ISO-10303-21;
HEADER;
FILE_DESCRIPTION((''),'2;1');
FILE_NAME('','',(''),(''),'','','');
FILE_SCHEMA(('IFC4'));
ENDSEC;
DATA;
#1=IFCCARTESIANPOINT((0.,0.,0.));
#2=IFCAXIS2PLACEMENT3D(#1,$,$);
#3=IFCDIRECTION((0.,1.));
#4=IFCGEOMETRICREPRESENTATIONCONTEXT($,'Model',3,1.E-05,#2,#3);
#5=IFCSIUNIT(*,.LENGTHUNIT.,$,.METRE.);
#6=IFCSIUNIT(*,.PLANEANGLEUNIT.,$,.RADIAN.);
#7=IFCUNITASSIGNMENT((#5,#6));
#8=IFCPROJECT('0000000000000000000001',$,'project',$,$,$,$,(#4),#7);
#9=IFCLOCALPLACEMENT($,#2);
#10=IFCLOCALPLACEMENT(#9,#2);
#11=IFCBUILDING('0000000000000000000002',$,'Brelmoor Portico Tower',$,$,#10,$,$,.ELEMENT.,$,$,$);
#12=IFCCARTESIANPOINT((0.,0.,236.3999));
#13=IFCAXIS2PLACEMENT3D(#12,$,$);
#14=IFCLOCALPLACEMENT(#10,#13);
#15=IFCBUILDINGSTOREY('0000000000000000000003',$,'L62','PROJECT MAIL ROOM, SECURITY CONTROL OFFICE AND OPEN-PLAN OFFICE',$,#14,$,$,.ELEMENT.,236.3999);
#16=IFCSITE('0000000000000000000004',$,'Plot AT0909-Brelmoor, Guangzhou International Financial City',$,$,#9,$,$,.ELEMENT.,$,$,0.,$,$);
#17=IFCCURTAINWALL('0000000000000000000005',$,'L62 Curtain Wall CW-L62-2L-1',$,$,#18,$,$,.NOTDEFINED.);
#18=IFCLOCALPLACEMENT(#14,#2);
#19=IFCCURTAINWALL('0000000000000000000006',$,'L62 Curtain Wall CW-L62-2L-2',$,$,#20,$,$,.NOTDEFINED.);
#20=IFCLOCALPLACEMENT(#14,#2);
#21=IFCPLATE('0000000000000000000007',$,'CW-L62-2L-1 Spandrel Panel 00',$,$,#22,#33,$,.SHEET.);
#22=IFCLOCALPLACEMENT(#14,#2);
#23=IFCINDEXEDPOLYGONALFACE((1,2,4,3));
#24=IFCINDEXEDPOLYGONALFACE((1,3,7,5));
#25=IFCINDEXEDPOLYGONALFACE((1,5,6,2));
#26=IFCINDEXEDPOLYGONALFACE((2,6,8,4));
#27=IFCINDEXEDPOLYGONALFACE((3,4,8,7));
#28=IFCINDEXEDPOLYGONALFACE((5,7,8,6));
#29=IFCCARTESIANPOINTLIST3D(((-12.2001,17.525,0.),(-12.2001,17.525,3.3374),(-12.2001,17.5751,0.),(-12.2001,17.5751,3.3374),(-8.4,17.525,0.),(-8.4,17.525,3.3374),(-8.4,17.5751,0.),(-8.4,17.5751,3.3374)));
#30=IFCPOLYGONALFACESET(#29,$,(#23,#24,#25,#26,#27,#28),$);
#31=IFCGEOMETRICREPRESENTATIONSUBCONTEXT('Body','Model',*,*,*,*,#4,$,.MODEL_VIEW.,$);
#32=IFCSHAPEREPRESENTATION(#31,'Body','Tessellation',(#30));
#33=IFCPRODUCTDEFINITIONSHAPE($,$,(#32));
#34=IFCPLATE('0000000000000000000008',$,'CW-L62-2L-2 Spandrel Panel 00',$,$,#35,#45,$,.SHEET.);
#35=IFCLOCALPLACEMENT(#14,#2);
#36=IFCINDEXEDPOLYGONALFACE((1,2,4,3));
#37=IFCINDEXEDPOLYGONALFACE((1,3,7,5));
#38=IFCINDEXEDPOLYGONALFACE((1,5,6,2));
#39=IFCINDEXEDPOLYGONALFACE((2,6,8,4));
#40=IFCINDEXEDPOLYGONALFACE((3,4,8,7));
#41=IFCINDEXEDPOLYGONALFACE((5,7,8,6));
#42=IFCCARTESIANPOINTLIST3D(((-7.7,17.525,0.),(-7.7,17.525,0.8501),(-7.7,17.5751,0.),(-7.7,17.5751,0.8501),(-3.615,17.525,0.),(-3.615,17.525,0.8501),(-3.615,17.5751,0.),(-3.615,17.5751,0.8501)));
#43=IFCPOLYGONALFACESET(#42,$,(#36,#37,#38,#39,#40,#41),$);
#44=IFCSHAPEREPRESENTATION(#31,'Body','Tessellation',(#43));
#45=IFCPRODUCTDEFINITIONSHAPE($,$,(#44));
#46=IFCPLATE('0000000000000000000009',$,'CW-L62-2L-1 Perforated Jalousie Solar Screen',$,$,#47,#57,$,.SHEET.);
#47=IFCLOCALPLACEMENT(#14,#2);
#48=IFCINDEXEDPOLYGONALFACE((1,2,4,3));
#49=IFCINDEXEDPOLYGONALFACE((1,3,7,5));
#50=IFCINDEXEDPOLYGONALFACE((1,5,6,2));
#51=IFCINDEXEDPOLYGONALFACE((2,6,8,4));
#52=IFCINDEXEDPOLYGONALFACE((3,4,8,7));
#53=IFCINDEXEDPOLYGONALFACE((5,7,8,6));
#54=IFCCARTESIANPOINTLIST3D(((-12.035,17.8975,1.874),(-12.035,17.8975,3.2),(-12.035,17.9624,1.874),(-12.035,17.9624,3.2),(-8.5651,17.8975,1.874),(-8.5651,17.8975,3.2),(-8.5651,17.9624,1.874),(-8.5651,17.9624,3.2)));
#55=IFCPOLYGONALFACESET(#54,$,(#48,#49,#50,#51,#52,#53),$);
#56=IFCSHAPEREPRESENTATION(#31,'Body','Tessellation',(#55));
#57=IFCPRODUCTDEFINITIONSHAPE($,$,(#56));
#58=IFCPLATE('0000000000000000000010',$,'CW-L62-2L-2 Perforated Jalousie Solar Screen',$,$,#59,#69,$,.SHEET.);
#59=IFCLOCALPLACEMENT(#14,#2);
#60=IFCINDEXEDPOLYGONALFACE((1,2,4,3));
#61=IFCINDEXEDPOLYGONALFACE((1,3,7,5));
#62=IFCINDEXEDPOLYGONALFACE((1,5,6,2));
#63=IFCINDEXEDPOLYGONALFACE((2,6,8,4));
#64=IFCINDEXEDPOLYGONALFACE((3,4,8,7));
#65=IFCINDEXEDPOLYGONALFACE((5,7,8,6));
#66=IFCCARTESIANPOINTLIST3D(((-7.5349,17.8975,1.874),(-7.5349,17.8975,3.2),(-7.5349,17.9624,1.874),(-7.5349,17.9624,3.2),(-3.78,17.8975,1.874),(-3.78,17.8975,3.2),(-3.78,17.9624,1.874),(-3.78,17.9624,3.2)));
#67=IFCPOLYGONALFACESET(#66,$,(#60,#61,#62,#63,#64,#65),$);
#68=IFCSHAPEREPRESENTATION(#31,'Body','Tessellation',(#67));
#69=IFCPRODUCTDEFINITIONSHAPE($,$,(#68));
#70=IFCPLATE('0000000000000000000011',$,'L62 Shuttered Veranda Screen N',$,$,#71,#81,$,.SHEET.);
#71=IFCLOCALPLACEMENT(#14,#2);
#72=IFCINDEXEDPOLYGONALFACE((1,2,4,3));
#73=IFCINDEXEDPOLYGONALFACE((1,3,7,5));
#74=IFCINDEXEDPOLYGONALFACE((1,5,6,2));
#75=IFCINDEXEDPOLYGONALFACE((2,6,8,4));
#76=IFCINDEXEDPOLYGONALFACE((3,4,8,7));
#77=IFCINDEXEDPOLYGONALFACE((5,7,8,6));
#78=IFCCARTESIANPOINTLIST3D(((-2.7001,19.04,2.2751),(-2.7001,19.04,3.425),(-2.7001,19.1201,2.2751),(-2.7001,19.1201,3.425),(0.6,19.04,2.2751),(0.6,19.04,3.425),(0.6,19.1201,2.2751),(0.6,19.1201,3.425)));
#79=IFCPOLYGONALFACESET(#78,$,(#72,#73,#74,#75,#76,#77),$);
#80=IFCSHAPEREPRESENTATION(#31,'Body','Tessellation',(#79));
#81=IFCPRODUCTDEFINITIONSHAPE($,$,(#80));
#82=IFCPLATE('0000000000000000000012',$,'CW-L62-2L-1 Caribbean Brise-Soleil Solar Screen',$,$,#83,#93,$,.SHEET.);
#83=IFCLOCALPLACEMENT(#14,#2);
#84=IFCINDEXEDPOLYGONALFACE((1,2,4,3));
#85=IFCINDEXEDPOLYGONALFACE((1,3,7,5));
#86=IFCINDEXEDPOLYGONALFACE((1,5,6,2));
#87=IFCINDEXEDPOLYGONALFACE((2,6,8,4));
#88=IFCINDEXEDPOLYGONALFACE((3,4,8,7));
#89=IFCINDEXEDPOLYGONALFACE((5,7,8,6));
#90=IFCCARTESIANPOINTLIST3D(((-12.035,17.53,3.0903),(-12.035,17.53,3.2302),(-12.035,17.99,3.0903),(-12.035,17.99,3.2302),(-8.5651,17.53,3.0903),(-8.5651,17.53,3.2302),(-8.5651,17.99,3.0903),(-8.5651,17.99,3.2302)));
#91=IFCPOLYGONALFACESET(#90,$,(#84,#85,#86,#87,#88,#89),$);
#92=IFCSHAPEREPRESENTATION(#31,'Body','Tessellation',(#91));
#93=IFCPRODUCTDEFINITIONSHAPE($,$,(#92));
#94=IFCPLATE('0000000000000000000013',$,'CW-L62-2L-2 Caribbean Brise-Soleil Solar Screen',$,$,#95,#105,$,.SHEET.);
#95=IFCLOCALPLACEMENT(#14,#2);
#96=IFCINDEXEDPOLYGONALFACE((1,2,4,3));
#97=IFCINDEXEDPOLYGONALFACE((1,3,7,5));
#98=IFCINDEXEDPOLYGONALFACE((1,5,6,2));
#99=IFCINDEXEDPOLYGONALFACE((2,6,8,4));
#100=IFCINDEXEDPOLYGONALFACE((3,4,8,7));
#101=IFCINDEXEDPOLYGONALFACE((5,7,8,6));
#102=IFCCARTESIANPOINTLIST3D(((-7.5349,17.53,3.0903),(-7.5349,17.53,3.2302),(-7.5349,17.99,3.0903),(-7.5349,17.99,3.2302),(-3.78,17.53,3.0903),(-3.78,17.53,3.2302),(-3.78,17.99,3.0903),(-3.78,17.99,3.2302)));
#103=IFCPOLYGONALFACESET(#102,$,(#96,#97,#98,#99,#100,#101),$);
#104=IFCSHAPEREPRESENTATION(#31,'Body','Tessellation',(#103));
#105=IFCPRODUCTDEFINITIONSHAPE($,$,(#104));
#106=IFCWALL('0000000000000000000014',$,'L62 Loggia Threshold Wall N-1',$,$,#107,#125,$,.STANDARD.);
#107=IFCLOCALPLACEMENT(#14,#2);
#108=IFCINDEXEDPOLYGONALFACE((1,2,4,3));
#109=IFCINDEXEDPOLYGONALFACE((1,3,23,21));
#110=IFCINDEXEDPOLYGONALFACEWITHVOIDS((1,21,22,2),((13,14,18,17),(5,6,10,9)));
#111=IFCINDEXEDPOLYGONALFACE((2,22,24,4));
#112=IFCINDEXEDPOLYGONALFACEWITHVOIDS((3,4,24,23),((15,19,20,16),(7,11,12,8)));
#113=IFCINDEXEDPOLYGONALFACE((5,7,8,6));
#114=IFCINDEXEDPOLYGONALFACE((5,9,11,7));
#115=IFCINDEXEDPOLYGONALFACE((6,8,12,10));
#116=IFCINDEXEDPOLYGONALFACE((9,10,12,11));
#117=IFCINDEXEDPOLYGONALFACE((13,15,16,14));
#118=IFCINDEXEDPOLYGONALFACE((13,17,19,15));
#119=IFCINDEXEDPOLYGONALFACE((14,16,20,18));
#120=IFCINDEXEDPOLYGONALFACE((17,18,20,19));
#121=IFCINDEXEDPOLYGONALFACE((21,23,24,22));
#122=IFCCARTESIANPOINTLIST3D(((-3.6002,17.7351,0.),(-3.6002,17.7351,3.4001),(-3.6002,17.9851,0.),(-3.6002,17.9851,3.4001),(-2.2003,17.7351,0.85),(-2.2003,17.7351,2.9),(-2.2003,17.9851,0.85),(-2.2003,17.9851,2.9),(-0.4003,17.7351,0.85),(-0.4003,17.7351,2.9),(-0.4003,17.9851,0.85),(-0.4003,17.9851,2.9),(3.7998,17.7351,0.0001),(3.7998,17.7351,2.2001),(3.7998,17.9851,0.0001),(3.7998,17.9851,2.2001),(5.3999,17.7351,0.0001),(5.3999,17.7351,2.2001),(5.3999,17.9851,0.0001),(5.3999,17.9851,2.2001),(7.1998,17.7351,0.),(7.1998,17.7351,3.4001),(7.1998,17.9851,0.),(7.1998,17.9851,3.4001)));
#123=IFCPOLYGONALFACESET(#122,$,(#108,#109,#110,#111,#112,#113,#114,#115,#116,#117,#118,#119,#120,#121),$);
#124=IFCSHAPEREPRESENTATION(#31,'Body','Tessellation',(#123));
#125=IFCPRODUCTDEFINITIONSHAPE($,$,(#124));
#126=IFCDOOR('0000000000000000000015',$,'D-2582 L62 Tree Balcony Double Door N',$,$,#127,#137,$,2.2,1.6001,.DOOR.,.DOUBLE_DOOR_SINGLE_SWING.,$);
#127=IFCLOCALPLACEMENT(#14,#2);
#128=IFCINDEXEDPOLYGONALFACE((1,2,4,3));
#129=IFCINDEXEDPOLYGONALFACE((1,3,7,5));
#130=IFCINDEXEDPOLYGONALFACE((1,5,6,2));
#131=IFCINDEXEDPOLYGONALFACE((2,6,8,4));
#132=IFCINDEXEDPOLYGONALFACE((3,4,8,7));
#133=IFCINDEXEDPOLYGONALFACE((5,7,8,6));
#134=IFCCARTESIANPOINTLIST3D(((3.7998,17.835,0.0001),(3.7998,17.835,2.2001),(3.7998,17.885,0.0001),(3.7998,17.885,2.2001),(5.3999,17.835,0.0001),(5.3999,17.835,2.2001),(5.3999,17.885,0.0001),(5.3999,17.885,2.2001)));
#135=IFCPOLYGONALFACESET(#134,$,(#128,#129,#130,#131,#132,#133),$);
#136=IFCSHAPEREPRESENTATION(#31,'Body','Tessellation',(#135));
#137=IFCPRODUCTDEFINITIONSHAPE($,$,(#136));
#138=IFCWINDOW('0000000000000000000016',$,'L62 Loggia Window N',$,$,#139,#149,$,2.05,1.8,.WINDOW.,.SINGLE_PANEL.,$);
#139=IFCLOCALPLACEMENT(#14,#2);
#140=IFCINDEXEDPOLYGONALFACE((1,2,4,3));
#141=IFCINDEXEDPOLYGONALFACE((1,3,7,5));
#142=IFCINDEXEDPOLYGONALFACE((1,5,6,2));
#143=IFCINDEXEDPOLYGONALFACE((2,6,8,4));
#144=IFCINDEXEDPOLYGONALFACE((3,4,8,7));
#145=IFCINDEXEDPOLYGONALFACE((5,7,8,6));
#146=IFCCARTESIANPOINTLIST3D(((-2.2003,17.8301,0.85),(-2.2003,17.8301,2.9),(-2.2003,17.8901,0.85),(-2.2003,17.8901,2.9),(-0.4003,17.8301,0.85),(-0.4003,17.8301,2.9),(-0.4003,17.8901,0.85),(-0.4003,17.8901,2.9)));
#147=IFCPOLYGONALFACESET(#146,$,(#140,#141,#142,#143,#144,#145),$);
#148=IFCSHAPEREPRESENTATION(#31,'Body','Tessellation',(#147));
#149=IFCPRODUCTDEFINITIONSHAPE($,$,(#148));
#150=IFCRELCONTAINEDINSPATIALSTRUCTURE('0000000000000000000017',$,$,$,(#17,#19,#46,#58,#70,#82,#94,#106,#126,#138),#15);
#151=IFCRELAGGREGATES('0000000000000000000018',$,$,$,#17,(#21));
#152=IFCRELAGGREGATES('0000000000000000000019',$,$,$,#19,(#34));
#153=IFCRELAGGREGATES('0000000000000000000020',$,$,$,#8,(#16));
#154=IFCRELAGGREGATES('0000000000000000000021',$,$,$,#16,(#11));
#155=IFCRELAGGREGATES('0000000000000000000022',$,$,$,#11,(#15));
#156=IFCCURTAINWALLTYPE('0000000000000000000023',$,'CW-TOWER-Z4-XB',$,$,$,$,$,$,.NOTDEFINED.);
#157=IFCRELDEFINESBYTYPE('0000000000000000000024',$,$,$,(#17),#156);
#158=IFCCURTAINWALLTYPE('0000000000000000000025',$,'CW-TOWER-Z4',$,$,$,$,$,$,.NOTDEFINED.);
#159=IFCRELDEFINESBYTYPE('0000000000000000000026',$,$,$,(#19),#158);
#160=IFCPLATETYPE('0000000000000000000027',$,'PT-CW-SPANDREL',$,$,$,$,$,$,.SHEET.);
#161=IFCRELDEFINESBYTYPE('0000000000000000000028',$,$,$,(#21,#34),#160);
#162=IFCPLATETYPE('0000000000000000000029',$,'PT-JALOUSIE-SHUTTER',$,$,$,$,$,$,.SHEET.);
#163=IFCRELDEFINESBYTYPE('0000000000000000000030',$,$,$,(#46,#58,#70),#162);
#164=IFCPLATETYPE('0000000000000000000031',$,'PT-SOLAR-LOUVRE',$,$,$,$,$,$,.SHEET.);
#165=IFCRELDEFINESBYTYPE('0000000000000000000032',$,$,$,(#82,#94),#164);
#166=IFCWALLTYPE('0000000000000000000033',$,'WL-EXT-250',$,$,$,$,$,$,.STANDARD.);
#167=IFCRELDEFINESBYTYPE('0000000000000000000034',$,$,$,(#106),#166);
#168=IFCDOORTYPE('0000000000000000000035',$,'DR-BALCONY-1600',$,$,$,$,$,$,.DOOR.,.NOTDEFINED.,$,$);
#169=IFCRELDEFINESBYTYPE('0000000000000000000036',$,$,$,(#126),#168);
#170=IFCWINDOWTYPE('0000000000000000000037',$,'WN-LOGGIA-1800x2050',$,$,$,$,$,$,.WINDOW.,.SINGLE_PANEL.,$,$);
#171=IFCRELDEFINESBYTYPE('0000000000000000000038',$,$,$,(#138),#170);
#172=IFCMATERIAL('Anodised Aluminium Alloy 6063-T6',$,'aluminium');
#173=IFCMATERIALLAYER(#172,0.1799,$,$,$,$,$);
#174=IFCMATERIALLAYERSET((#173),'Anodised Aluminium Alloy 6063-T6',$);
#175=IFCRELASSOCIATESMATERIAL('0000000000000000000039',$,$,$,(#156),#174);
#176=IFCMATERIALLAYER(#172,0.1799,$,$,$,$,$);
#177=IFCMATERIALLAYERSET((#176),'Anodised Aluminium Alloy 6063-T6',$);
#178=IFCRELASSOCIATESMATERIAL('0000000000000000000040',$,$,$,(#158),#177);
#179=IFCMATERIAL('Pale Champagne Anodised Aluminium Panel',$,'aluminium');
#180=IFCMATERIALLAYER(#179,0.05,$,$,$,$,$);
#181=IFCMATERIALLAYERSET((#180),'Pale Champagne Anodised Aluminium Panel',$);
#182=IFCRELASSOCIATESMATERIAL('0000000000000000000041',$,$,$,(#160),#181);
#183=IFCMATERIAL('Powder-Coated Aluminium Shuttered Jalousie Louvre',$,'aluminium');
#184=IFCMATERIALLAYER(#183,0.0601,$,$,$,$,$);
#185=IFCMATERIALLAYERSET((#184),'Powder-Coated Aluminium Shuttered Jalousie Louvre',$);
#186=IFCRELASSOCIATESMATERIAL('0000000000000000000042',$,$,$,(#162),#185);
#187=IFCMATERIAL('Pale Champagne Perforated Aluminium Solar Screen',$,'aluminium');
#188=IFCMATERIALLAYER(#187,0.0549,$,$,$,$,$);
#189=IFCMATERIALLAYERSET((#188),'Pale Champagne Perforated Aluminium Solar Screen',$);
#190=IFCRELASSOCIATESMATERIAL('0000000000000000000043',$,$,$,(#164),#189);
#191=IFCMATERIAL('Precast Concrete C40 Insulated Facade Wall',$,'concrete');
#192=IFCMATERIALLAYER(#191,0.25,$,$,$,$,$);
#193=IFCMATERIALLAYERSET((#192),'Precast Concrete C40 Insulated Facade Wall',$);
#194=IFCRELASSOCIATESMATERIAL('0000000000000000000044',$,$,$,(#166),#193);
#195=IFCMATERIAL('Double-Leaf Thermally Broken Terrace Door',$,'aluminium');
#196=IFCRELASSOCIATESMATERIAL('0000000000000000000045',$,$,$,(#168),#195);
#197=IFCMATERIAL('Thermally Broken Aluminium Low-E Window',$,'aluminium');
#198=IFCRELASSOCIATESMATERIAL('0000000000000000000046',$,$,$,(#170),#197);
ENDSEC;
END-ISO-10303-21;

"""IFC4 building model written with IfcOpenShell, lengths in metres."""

from ifc_helpers import new_model, si_unit, direction, frame, frame_2d, origin, origin_2d, place, context, subcontext, project, spatial, rectangle, extrude, material, layer, layer_set, type_object, element, fill, aggregate, save


model = new_model("IFC4")

# Units and contexts
model_context = context("Model", 3, precision=1e-05, world=origin(), true_north=direction((0.0, 1.0)))
body_context = subcontext(model_context, "Body", "Model", "MODEL_VIEW")
ifc_project = project(units=[si_unit("LENGTHUNIT", "METRE"), si_unit("PLANEANGLEUNIT", "RADIAN")], contexts=[model_context])

# Site, building, storey
site_placement = place(None, origin())
site = spatial("IfcSite", under=ifc_project, at=site_placement, Name="Plot AT0909-Brelmoor, Guangzhou International Financial City", CompositionType="ELEMENT", RefElevation=0.0)
building_placement = place(site_placement, origin())
building = spatial("IfcBuilding", under=site, at=building_placement, Name="Brelmoor Portico Tower", CompositionType="ELEMENT")
storey_placement = place(building_placement, frame((0.0, 0.0, 236.3999)))
storey = spatial("IfcBuildingStorey", under=building, at=storey_placement, Name="L62", Description="PROJECT MAIL ROOM, SECURITY CONTROL OFFICE AND OPEN-PLAN OFFICE", CompositionType="ELEMENT", Elevation=236.3999)

# Curtain wall
ifc_material_1 = material(Name="Anodised Aluminium Alloy 6063-T6", Category="aluminium")
ifc_layer_1 = layer(ifc_material_1, 0.1799)
ifc_layer_set_1 = layer_set([ifc_layer_1], Name="Anodised Aluminium Alloy 6063-T6")
curtain_wall_type_1 = type_object("IfcCurtainWallType", Name="CW-TOWER-Z4-XB", PredefinedType="NOTDEFINED", material=ifc_layer_set_1)
curtain_wall_1_placement = place(storey_placement, origin())
curtain_wall_1 = element("IfcCurtainWall", 1, at=curtain_wall_1_placement, inside=storey, type_object=curtain_wall_type_1, Name="L62 Curtain Wall CW-L62-2L-1", PredefinedType="NOTDEFINED")

# Curtain wall
ifc_layer_2 = layer(ifc_material_1, 0.1799)
ifc_layer_set_2 = layer_set([ifc_layer_2], Name="Anodised Aluminium Alloy 6063-T6")
curtain_wall_type_2 = type_object("IfcCurtainWallType", Name="CW-TOWER-Z4", PredefinedType="NOTDEFINED", material=ifc_layer_set_2)
curtain_wall_2_placement = place(storey_placement, origin())
curtain_wall_2 = element("IfcCurtainWall", 2, at=curtain_wall_2_placement, inside=storey, type_object=curtain_wall_type_2, Name="L62 Curtain Wall CW-L62-2L-2", PredefinedType="NOTDEFINED")

# Plates
ifc_material_2 = material(Name="Pale Champagne Anodised Aluminium Panel", Category="aluminium")
ifc_layer_3 = layer(ifc_material_2, 0.05)
ifc_layer_set_3 = layer_set([ifc_layer_3], Name="Pale Champagne Anodised Aluminium Panel")
plate_type_1 = type_object("IfcPlateType", Name="PT-CW-SPANDREL", PredefinedType="SHEET", material=ifc_layer_set_3)
plate_1_placement = place(storey_placement, frame((-10.3, 17.55, 0.0), z_axis=(0.0, 0.0, 1.0), x_axis=(1.0, 0.0, 0.0)))
plate_1 = element("IfcPlate", 3, at=plate_1_placement, type_object=plate_type_1, Name="CW-L62-2L-1 Spandrel Panel 00", PredefinedType="SHEET", context=body_context, shape_type="SweptSolid", body=[
    extrude(rectangle(XDim=3.8, YDim=0.05, at=origin_2d()), origin(), (0.0, 0.0, 1.0), 3.3374),
])
aggregate(curtain_wall_1, [plate_1])
plate_2_placement = place(storey_placement, frame((-5.6575, 17.55, 0.0), z_axis=(0.0, 0.0, 1.0), x_axis=(1.0, 0.0, 0.0)))
plate_2 = element("IfcPlate", 4, at=plate_2_placement, type_object=plate_type_1, Name="CW-L62-2L-2 Spandrel Panel 00", PredefinedType="SHEET", context=body_context, shape_type="SweptSolid", body=[
    extrude(rectangle(XDim=4.085, YDim=0.05, at=origin_2d()), origin(), (0.0, 0.0, 1.0), 0.8501),
])
aggregate(curtain_wall_2, [plate_2])

# Plates
ifc_material_3 = material(Name="Powder-Coated Aluminium Shuttered Jalousie Louvre", Category="aluminium")
ifc_layer_4 = layer(ifc_material_3, 0.0601)
ifc_layer_set_4 = layer_set([ifc_layer_4], Name="Powder-Coated Aluminium Shuttered Jalousie Louvre")
plate_type_2 = type_object("IfcPlateType", Name="PT-JALOUSIE-SHUTTER", PredefinedType="SHEET", material=ifc_layer_set_4)
plate_3_placement = place(storey_placement, frame((-10.3, 17.9299, 1.874), z_axis=(0.0, 0.0, 1.0), x_axis=(1.0, 0.0, 0.0)))
element("IfcPlate", 5, at=plate_3_placement, inside=storey, type_object=plate_type_2, Name="CW-L62-2L-1 Perforated Jalousie Solar Screen", PredefinedType="SHEET", context=body_context, shape_type="SweptSolid", body=[
    extrude(rectangle(XDim=3.47, YDim=0.0649, at=origin_2d()), origin(), (0.0, 0.0, 1.0), 1.3259),
])
plate_4_placement = place(storey_placement, frame((-5.6575, 17.9299, 1.874), z_axis=(0.0, 0.0, 1.0), x_axis=(1.0, 0.0, 0.0)))
element("IfcPlate", 6, at=plate_4_placement, inside=storey, type_object=plate_type_2, Name="CW-L62-2L-2 Perforated Jalousie Solar Screen", PredefinedType="SHEET", context=body_context, shape_type="SweptSolid", body=[
    extrude(rectangle(XDim=3.7549, YDim=0.0649, at=origin_2d()), origin(), (0.0, 0.0, 1.0), 1.3259),
])
plate_5_placement = place(storey_placement, frame((-1.05, 19.0801, 2.2751), z_axis=(0.0, 0.0, 1.0), x_axis=(1.0, 0.0, 0.0)))
element("IfcPlate", 7, at=plate_5_placement, inside=storey, type_object=plate_type_2, Name="L62 Shuttered Veranda Screen N", PredefinedType="SHEET", context=body_context, shape_type="SweptSolid", body=[
    extrude(rectangle(XDim=3.3, YDim=0.0801, at=origin_2d()), origin(), (0.0, 0.0, 1.0), 1.1499),
])
ifc_material_4 = material(Name="Pale Champagne Perforated Aluminium Solar Screen", Category="aluminium")
ifc_layer_5 = layer(ifc_material_4, 0.0549)
ifc_layer_set_5 = layer_set([ifc_layer_5], Name="Pale Champagne Perforated Aluminium Solar Screen")
plate_type_3 = type_object("IfcPlateType", Name="PT-SOLAR-LOUVRE", PredefinedType="SHEET", material=ifc_layer_set_5)
plate_6_placement = place(storey_placement, frame((-10.3, 17.76, 3.0903), z_axis=(0.0, 0.0, 1.0), x_axis=(1.0, 0.0, 0.0)))
element("IfcPlate", 8, at=plate_6_placement, inside=storey, type_object=plate_type_3, Name="CW-L62-2L-1 Caribbean Brise-Soleil Solar Screen", PredefinedType="SHEET", context=body_context, shape_type="SweptSolid", body=[
    extrude(rectangle(XDim=3.47, YDim=0.46, at=origin_2d()), origin(), (0.0, 0.0, 1.0), 0.1399),
])
plate_7_placement = place(storey_placement, frame((-5.6575, 17.76, 3.0903), z_axis=(0.0, 0.0, 1.0), x_axis=(1.0, 0.0, 0.0)))
element("IfcPlate", 9, at=plate_7_placement, inside=storey, type_object=plate_type_3, Name="CW-L62-2L-2 Caribbean Brise-Soleil Solar Screen", PredefinedType="SHEET", context=body_context, shape_type="SweptSolid", body=[
    extrude(rectangle(XDim=3.7549, YDim=0.46, at=origin_2d()), origin(), (0.0, 0.0, 1.0), 0.1399),
])

# Wall, openings, door, window
ifc_material_5 = material(Name="Precast Concrete C40 Insulated Facade Wall", Category="concrete")
ifc_layer_6 = layer(ifc_material_5, 0.25)
ifc_layer_set_6 = layer_set([ifc_layer_6], Name="Precast Concrete C40 Insulated Facade Wall")
wall_type = type_object("IfcWallType", Name="WL-EXT-250", PredefinedType="STANDARD", material=ifc_layer_set_6)
wall_placement = place(storey_placement, frame((-3.6001, 17.8601, 0.0), z_axis=(0.0, 0.0, 1.0), x_axis=(1.0, 0.0, 0.0)))
wall = element("IfcWall", 10, at=wall_placement, inside=storey, type_object=wall_type, Name="L62 Loggia Threshold Wall N-1", PredefinedType="STANDARD", context=body_context, shape_type="SweptSolid", body=[
    extrude(rectangle(XDim=10.8, YDim=0.25, at=frame_2d((5.3999, 0.0))), origin(), (0.0, 0.0, 1.0), 3.4001),
])
opening_1_placement = place(wall_placement, frame((7.3999, 0.0, 0.0)))
opening_1 = element("IfcOpeningElement", 11, at=opening_1_placement, cuts=wall, PredefinedType="OPENING", context=body_context, shape_type="SweptSolid", body=[
    extrude(rectangle(XDim=1.6001, YDim=2.2, at=frame_2d((0.8, 1.1001))), frame((0.0, 0.135, 0.0), z_axis=(0.0, -1.0, 0.0), x_axis=(1.0, 0.0, 0.0)), (0.0, 0.0, 1.0), 0.27),
])
opening_2_placement = place(wall_placement, frame((1.3999, 0.0, 0.8501)))
opening_2 = element("IfcOpeningElement", 12, at=opening_2_placement, cuts=wall, PredefinedType="OPENING", context=body_context, shape_type="SweptSolid", body=[
    extrude(rectangle(XDim=1.8, YDim=2.05, at=frame_2d((0.8999, 1.0249))), frame((0.0, 0.135, 0.0), z_axis=(0.0, -1.0, 0.0), x_axis=(1.0, 0.0, 0.0)), (0.0, 0.0, 1.0), 0.27),
])
ifc_material_6 = material(Name="Double-Leaf Thermally Broken Terrace Door", Category="aluminium")
door_type = type_object("IfcDoorType", Name="DR-BALCONY-1600", OperationType="NOTDEFINED", PredefinedType="DOOR", material=ifc_material_6)
door_placement = place(opening_1_placement, origin())
door = element("IfcDoor", 13, at=door_placement, inside=storey, type_object=door_type, Name="D-2582 L62 Tree Balcony Double Door N", OperationType="DOUBLE_DOOR_SINGLE_SWING", OverallHeight=2.2, OverallWidth=1.6001, PredefinedType="DOOR", context=body_context, shape_type="SweptSolid", body=[
    extrude(rectangle(XDim=1.6001, YDim=2.2, at=frame_2d((0.8, 1.1001))), frame((0.0, 0.0249, 0.0), z_axis=(0.0, -1.0, 0.0), x_axis=(1.0, 0.0, 0.0)), (0.0, 0.0, 1.0), 0.05),
])
fill(opening_1, door)
ifc_material_7 = material(Name="Thermally Broken Aluminium Low-E Window", Category="aluminium")
window_type = type_object("IfcWindowType", Name="WN-LOGGIA-1800x2050", PartitioningType="SINGLE_PANEL", PredefinedType="WINDOW", material=ifc_material_7)
window_placement = place(opening_2_placement, origin())
window = element("IfcWindow", 14, at=window_placement, inside=storey, type_object=window_type, Name="L62 Loggia Window N", OverallHeight=2.05, OverallWidth=1.8, PartitioningType="SINGLE_PANEL", PredefinedType="WINDOW", context=body_context, shape_type="SweptSolid", body=[
    extrude(rectangle(XDim=1.8, YDim=2.05, at=frame_2d((0.8999, 1.0249))), frame((0.0, 0.03, 0.0), z_axis=(0.0, -1.0, 0.0), x_axis=(1.0, 0.0, 0.0)), (0.0, 0.0, 1.0), 0.0601),
])
fill(opening_2, window)

save(model, "model.ifc")
